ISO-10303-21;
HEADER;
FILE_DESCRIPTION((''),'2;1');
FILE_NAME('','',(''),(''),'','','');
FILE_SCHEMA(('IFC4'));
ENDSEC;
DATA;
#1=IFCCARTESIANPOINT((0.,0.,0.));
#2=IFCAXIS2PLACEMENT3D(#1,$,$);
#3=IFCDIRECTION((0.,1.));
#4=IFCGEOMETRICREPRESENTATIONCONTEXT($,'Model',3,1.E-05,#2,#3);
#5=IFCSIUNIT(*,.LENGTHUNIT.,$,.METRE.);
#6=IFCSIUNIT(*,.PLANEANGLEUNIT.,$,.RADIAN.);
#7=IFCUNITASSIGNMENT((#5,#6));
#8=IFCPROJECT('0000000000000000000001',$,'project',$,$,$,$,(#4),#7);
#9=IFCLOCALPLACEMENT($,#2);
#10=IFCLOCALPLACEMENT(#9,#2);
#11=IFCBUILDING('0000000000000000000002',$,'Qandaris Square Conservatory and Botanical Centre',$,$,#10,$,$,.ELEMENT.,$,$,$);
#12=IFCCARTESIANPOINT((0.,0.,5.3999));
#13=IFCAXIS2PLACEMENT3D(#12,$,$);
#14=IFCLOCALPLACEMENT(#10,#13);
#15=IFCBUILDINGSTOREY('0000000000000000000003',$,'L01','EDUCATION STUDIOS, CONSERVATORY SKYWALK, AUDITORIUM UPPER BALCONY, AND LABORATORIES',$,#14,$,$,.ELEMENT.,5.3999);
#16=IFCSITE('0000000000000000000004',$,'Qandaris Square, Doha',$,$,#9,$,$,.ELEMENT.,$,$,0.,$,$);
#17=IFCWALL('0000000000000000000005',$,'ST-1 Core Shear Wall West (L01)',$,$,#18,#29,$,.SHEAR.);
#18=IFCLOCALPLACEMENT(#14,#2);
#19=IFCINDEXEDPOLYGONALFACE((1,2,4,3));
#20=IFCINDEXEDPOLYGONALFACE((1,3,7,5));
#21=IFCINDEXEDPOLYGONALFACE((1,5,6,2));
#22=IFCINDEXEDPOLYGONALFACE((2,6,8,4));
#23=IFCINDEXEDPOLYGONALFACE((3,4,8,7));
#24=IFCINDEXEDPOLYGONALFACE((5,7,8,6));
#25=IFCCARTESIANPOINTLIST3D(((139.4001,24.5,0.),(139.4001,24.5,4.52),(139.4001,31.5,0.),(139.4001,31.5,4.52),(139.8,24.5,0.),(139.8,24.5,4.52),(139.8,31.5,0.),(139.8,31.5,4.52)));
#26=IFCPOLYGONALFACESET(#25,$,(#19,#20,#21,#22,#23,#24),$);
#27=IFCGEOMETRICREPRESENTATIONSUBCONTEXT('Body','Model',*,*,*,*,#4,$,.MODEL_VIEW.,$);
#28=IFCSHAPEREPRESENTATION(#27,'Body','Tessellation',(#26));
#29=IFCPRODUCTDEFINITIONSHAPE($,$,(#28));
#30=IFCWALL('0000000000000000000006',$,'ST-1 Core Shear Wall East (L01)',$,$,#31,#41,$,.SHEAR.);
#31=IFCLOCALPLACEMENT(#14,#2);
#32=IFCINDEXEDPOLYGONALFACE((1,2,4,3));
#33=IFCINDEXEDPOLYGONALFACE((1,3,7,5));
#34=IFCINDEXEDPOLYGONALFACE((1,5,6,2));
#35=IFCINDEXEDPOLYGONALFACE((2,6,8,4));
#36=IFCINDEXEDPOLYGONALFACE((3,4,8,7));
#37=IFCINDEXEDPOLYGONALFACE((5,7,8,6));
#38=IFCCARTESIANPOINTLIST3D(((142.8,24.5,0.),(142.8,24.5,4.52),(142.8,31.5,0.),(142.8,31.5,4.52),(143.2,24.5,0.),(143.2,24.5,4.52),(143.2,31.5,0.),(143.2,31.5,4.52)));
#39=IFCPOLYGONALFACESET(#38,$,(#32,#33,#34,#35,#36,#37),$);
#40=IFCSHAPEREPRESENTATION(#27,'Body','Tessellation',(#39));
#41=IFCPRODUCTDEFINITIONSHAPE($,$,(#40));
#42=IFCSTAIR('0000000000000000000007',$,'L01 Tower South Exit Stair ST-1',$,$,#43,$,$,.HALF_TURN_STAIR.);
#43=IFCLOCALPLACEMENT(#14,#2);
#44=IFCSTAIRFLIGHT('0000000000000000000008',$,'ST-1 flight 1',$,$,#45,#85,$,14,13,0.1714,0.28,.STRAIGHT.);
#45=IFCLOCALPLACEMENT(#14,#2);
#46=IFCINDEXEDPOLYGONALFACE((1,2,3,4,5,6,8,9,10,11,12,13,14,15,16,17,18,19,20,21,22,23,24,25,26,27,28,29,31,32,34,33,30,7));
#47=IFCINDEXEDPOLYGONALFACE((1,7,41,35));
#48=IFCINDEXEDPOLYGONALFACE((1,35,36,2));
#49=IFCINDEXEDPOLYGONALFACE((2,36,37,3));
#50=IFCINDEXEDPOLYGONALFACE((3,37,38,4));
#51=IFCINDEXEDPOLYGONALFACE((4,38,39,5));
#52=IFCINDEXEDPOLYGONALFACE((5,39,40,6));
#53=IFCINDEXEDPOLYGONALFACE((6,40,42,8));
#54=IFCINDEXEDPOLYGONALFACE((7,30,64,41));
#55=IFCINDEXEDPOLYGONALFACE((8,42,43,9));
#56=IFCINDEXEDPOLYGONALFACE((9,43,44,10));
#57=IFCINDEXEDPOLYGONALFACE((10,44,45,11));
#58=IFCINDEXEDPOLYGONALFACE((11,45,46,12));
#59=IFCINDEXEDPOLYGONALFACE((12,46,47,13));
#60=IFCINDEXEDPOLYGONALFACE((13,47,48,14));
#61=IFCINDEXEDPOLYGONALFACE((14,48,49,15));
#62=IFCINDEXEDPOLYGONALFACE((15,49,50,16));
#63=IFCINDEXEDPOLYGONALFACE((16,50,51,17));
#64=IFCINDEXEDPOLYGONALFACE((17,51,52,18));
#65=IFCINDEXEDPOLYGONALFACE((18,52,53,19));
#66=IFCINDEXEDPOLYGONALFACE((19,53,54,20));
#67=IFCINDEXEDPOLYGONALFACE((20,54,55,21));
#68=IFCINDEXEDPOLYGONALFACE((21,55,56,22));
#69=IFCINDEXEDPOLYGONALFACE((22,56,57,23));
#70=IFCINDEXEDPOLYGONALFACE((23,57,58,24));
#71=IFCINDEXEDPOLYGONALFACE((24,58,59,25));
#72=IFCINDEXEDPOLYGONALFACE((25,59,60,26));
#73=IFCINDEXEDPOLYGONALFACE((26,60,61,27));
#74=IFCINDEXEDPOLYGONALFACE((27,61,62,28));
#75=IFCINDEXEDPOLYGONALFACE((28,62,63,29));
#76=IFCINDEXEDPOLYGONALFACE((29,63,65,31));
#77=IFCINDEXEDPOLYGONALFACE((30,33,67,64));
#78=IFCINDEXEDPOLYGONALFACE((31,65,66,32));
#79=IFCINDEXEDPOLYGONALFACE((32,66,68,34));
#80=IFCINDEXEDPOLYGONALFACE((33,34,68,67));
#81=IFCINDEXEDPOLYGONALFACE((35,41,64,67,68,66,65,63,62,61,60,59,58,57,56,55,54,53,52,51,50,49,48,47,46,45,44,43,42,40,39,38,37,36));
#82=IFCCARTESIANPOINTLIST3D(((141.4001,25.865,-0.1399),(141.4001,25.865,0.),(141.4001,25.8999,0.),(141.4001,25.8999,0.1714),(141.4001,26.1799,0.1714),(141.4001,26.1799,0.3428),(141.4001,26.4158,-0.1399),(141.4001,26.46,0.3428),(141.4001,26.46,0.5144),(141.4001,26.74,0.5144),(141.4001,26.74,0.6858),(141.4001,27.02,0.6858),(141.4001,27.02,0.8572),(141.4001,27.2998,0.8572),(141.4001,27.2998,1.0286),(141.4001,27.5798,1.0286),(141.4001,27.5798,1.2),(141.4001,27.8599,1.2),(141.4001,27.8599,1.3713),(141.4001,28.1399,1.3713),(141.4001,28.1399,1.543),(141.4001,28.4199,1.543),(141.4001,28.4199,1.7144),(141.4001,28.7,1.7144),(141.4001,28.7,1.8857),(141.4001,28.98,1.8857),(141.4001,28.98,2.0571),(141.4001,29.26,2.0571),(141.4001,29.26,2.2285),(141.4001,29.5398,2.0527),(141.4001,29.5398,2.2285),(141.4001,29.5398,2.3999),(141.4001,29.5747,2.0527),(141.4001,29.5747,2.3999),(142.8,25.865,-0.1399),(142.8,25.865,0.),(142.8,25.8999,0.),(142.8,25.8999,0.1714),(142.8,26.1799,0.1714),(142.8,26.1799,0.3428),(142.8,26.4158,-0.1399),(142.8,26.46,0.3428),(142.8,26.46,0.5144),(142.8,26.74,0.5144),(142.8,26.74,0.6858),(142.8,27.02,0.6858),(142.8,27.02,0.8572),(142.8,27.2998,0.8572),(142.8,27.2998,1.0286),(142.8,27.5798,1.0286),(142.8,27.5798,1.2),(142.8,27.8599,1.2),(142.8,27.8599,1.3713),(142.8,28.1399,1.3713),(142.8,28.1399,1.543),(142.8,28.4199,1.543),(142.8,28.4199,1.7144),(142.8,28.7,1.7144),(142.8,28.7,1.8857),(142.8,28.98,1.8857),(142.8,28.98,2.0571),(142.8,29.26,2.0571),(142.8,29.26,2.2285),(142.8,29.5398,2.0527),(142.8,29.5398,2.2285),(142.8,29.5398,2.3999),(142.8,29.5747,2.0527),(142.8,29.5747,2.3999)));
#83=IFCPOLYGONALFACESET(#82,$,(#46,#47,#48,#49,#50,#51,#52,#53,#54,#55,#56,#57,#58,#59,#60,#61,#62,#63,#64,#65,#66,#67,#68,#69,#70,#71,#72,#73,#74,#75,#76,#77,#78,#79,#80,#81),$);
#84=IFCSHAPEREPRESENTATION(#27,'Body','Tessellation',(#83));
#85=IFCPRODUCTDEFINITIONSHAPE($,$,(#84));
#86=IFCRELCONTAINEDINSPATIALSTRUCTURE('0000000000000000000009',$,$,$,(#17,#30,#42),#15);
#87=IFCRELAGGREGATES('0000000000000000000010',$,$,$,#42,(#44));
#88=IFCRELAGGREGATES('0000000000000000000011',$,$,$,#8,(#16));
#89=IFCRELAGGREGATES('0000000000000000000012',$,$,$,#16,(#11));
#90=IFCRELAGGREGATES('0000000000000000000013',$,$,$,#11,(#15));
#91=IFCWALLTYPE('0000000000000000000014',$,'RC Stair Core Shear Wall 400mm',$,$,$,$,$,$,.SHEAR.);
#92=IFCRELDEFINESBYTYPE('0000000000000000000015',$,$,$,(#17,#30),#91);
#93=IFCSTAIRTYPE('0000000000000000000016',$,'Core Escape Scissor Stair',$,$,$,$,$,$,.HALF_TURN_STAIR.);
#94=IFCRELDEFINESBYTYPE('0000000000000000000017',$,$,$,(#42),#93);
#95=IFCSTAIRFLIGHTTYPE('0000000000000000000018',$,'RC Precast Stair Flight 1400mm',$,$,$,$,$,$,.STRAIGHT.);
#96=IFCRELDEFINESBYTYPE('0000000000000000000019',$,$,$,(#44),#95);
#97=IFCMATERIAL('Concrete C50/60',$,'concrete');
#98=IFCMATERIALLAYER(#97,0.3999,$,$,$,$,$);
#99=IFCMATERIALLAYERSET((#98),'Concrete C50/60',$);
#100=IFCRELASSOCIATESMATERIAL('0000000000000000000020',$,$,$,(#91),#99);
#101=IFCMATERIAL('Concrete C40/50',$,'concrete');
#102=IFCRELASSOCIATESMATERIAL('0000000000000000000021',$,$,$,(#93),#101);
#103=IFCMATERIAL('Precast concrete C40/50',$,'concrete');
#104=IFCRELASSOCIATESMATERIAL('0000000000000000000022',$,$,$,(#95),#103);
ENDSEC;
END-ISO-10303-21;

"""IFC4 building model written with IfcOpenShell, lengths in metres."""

from ifc_helpers import new_model, si_unit, direction, frame, frame_2d, origin, place, context, subcontext, project, spatial, polyline, rectangle, outline, extrude, material, layer, layer_set, type_object, element, aggregate, save


model = new_model("IFC4")

# Units and contexts
model_context = context("Model", 3, precision=1e-05, world=origin(), true_north=direction((0.0, 1.0)))
body_context = subcontext(model_context, "Body", "Model", "MODEL_VIEW")
ifc_project = project(units=[si_unit("LENGTHUNIT", "METRE"), si_unit("PLANEANGLEUNIT", "RADIAN")], contexts=[model_context])

# Site, building, storey
site_placement = place(None, origin())
site = spatial("IfcSite", under=ifc_project, at=site_placement, Name="Qandaris Square, Doha", CompositionType="ELEMENT", RefElevation=0.0)
building_placement = place(site_placement, origin())
building = spatial("IfcBuilding", under=site, at=building_placement, Name="Qandaris Square Conservatory and Botanical Centre", CompositionType="ELEMENT")
storey_placement = place(building_placement, frame((0.0, 0.0, 5.3999)))
storey = spatial("IfcBuildingStorey", under=building, at=storey_placement, Name="L01", Description="EDUCATION STUDIOS, CONSERVATORY SKYWALK, AUDITORIUM UPPER BALCONY, AND LABORATORIES", CompositionType="ELEMENT", Elevation=5.3999)

# Shared definitions
ifc_material_1 = material(Name="Concrete C50/60", Category="concrete")

# Shared definitions
ifc_layer_1 = layer(ifc_material_1, 0.3999)
ifc_layer_set_1 = layer_set([ifc_layer_1], Name="Concrete C50/60")
wall_type_1 = type_object("IfcWallType", Name="RC Stair Core Shear Wall 400mm", PredefinedType="SHEAR", material=ifc_layer_set_1)

# Walls
for number, where, z_axis, x_axis, name in (
    (1, (139.6001, 24.5, 0.0), (0.0, 0.0, 1.0), (0.0, 1.0, 0.0), "ST-1 Core Shear Wall West (L01)"),
    (2, (143.0, 24.5, 0.0), (0.0, 0.0, 1.0), (0.0, 1.0, 0.0), "ST-1 Core Shear Wall East (L01)"),
):
    element("IfcWall", number, at=place(storey_placement, frame(where, z_axis=z_axis, x_axis=x_axis)), inside=storey, type_object=wall_type_1, Name=name, PredefinedType="SHEAR", context=body_context, shape_type="SweptSolid", body=[
        extrude(rectangle(XDim=7.0, YDim=0.3999, at=frame_2d((3.5, 0.0))), origin(), (0.0, 0.0, 1.0), 4.52),
    ])

# Stair, stair flight
ifc_material_2 = material(Name="Concrete C40/50", Category="concrete")
stair_type = type_object("IfcStairType", Name="Core Escape Scissor Stair", PredefinedType="HALF_TURN_STAIR", material=ifc_material_2)
stair_placement = place(storey_placement, origin())
stair = element("IfcStair", 3, at=stair_placement, inside=storey, type_object=stair_type, Name="L01 Tower South Exit Stair ST-1", PredefinedType="HALF_TURN_STAIR")
ifc_material_3 = material(Name="Precast concrete C40/50", Category="concrete")
stair_flight_type = type_object("IfcStairFlightType", Name="RC Precast Stair Flight 1400mm", PredefinedType="STRAIGHT", material=ifc_material_3)
stair_flight_placement = place(storey_placement, frame((142.1001, 25.8999, 0.0), z_axis=(0.0, 0.0, 1.0), x_axis=(0.0, 1.0, 0.0)))
stair_flight = element("IfcStairFlight", 4, at=stair_flight_placement, type_object=stair_flight_type, Name="ST-1 flight 1", NumberOfRisers=14, NumberOfTreads=13, PredefinedType="STRAIGHT", RiserHeight=0.1714, TreadLength=0.28, context=body_context, shape_type="SweptSolid", body=[
    extrude(outline(polyline([(-0.0349, 0.0), (0.0, 0.0), (0.0, 0.1714), (0.28, 0.1714), (0.28, 0.3428), (0.5601, 0.3428), (0.5601, 0.5144), (0.8401, 0.5144), (0.8401, 0.6858), (1.1201, 0.6858), (1.1201, 0.8572), (1.3999, 0.8572), (1.3999, 1.0286), (1.6799, 1.0286), (1.6799, 1.2), (1.96, 1.2), (1.96, 1.3713), (2.24, 1.3713), (2.24, 1.543), (2.52, 1.543), (2.52, 1.7144), (2.8, 1.7144), (2.8, 1.8857), (3.0801, 1.8857), (3.0801, 2.0571), (3.3601, 2.0571), (3.3601, 2.2285), (3.6399, 2.2285), (3.6399, 2.3999), (3.6748, 2.3999), (3.6748, 2.0527), (3.6399, 2.0527), (0.5159, -0.1399), (-0.0349, -0.1399), (-0.0349, 0.0)])), frame((0.0, 0.7, 0.0), z_axis=(0.0, -1.0, 0.0), x_axis=(1.0, 0.0, 0.0)), (0.0, 0.0, 1.0), 1.3999),
])
aggregate(stair, [stair_flight])

save(model, "model.ifc")
